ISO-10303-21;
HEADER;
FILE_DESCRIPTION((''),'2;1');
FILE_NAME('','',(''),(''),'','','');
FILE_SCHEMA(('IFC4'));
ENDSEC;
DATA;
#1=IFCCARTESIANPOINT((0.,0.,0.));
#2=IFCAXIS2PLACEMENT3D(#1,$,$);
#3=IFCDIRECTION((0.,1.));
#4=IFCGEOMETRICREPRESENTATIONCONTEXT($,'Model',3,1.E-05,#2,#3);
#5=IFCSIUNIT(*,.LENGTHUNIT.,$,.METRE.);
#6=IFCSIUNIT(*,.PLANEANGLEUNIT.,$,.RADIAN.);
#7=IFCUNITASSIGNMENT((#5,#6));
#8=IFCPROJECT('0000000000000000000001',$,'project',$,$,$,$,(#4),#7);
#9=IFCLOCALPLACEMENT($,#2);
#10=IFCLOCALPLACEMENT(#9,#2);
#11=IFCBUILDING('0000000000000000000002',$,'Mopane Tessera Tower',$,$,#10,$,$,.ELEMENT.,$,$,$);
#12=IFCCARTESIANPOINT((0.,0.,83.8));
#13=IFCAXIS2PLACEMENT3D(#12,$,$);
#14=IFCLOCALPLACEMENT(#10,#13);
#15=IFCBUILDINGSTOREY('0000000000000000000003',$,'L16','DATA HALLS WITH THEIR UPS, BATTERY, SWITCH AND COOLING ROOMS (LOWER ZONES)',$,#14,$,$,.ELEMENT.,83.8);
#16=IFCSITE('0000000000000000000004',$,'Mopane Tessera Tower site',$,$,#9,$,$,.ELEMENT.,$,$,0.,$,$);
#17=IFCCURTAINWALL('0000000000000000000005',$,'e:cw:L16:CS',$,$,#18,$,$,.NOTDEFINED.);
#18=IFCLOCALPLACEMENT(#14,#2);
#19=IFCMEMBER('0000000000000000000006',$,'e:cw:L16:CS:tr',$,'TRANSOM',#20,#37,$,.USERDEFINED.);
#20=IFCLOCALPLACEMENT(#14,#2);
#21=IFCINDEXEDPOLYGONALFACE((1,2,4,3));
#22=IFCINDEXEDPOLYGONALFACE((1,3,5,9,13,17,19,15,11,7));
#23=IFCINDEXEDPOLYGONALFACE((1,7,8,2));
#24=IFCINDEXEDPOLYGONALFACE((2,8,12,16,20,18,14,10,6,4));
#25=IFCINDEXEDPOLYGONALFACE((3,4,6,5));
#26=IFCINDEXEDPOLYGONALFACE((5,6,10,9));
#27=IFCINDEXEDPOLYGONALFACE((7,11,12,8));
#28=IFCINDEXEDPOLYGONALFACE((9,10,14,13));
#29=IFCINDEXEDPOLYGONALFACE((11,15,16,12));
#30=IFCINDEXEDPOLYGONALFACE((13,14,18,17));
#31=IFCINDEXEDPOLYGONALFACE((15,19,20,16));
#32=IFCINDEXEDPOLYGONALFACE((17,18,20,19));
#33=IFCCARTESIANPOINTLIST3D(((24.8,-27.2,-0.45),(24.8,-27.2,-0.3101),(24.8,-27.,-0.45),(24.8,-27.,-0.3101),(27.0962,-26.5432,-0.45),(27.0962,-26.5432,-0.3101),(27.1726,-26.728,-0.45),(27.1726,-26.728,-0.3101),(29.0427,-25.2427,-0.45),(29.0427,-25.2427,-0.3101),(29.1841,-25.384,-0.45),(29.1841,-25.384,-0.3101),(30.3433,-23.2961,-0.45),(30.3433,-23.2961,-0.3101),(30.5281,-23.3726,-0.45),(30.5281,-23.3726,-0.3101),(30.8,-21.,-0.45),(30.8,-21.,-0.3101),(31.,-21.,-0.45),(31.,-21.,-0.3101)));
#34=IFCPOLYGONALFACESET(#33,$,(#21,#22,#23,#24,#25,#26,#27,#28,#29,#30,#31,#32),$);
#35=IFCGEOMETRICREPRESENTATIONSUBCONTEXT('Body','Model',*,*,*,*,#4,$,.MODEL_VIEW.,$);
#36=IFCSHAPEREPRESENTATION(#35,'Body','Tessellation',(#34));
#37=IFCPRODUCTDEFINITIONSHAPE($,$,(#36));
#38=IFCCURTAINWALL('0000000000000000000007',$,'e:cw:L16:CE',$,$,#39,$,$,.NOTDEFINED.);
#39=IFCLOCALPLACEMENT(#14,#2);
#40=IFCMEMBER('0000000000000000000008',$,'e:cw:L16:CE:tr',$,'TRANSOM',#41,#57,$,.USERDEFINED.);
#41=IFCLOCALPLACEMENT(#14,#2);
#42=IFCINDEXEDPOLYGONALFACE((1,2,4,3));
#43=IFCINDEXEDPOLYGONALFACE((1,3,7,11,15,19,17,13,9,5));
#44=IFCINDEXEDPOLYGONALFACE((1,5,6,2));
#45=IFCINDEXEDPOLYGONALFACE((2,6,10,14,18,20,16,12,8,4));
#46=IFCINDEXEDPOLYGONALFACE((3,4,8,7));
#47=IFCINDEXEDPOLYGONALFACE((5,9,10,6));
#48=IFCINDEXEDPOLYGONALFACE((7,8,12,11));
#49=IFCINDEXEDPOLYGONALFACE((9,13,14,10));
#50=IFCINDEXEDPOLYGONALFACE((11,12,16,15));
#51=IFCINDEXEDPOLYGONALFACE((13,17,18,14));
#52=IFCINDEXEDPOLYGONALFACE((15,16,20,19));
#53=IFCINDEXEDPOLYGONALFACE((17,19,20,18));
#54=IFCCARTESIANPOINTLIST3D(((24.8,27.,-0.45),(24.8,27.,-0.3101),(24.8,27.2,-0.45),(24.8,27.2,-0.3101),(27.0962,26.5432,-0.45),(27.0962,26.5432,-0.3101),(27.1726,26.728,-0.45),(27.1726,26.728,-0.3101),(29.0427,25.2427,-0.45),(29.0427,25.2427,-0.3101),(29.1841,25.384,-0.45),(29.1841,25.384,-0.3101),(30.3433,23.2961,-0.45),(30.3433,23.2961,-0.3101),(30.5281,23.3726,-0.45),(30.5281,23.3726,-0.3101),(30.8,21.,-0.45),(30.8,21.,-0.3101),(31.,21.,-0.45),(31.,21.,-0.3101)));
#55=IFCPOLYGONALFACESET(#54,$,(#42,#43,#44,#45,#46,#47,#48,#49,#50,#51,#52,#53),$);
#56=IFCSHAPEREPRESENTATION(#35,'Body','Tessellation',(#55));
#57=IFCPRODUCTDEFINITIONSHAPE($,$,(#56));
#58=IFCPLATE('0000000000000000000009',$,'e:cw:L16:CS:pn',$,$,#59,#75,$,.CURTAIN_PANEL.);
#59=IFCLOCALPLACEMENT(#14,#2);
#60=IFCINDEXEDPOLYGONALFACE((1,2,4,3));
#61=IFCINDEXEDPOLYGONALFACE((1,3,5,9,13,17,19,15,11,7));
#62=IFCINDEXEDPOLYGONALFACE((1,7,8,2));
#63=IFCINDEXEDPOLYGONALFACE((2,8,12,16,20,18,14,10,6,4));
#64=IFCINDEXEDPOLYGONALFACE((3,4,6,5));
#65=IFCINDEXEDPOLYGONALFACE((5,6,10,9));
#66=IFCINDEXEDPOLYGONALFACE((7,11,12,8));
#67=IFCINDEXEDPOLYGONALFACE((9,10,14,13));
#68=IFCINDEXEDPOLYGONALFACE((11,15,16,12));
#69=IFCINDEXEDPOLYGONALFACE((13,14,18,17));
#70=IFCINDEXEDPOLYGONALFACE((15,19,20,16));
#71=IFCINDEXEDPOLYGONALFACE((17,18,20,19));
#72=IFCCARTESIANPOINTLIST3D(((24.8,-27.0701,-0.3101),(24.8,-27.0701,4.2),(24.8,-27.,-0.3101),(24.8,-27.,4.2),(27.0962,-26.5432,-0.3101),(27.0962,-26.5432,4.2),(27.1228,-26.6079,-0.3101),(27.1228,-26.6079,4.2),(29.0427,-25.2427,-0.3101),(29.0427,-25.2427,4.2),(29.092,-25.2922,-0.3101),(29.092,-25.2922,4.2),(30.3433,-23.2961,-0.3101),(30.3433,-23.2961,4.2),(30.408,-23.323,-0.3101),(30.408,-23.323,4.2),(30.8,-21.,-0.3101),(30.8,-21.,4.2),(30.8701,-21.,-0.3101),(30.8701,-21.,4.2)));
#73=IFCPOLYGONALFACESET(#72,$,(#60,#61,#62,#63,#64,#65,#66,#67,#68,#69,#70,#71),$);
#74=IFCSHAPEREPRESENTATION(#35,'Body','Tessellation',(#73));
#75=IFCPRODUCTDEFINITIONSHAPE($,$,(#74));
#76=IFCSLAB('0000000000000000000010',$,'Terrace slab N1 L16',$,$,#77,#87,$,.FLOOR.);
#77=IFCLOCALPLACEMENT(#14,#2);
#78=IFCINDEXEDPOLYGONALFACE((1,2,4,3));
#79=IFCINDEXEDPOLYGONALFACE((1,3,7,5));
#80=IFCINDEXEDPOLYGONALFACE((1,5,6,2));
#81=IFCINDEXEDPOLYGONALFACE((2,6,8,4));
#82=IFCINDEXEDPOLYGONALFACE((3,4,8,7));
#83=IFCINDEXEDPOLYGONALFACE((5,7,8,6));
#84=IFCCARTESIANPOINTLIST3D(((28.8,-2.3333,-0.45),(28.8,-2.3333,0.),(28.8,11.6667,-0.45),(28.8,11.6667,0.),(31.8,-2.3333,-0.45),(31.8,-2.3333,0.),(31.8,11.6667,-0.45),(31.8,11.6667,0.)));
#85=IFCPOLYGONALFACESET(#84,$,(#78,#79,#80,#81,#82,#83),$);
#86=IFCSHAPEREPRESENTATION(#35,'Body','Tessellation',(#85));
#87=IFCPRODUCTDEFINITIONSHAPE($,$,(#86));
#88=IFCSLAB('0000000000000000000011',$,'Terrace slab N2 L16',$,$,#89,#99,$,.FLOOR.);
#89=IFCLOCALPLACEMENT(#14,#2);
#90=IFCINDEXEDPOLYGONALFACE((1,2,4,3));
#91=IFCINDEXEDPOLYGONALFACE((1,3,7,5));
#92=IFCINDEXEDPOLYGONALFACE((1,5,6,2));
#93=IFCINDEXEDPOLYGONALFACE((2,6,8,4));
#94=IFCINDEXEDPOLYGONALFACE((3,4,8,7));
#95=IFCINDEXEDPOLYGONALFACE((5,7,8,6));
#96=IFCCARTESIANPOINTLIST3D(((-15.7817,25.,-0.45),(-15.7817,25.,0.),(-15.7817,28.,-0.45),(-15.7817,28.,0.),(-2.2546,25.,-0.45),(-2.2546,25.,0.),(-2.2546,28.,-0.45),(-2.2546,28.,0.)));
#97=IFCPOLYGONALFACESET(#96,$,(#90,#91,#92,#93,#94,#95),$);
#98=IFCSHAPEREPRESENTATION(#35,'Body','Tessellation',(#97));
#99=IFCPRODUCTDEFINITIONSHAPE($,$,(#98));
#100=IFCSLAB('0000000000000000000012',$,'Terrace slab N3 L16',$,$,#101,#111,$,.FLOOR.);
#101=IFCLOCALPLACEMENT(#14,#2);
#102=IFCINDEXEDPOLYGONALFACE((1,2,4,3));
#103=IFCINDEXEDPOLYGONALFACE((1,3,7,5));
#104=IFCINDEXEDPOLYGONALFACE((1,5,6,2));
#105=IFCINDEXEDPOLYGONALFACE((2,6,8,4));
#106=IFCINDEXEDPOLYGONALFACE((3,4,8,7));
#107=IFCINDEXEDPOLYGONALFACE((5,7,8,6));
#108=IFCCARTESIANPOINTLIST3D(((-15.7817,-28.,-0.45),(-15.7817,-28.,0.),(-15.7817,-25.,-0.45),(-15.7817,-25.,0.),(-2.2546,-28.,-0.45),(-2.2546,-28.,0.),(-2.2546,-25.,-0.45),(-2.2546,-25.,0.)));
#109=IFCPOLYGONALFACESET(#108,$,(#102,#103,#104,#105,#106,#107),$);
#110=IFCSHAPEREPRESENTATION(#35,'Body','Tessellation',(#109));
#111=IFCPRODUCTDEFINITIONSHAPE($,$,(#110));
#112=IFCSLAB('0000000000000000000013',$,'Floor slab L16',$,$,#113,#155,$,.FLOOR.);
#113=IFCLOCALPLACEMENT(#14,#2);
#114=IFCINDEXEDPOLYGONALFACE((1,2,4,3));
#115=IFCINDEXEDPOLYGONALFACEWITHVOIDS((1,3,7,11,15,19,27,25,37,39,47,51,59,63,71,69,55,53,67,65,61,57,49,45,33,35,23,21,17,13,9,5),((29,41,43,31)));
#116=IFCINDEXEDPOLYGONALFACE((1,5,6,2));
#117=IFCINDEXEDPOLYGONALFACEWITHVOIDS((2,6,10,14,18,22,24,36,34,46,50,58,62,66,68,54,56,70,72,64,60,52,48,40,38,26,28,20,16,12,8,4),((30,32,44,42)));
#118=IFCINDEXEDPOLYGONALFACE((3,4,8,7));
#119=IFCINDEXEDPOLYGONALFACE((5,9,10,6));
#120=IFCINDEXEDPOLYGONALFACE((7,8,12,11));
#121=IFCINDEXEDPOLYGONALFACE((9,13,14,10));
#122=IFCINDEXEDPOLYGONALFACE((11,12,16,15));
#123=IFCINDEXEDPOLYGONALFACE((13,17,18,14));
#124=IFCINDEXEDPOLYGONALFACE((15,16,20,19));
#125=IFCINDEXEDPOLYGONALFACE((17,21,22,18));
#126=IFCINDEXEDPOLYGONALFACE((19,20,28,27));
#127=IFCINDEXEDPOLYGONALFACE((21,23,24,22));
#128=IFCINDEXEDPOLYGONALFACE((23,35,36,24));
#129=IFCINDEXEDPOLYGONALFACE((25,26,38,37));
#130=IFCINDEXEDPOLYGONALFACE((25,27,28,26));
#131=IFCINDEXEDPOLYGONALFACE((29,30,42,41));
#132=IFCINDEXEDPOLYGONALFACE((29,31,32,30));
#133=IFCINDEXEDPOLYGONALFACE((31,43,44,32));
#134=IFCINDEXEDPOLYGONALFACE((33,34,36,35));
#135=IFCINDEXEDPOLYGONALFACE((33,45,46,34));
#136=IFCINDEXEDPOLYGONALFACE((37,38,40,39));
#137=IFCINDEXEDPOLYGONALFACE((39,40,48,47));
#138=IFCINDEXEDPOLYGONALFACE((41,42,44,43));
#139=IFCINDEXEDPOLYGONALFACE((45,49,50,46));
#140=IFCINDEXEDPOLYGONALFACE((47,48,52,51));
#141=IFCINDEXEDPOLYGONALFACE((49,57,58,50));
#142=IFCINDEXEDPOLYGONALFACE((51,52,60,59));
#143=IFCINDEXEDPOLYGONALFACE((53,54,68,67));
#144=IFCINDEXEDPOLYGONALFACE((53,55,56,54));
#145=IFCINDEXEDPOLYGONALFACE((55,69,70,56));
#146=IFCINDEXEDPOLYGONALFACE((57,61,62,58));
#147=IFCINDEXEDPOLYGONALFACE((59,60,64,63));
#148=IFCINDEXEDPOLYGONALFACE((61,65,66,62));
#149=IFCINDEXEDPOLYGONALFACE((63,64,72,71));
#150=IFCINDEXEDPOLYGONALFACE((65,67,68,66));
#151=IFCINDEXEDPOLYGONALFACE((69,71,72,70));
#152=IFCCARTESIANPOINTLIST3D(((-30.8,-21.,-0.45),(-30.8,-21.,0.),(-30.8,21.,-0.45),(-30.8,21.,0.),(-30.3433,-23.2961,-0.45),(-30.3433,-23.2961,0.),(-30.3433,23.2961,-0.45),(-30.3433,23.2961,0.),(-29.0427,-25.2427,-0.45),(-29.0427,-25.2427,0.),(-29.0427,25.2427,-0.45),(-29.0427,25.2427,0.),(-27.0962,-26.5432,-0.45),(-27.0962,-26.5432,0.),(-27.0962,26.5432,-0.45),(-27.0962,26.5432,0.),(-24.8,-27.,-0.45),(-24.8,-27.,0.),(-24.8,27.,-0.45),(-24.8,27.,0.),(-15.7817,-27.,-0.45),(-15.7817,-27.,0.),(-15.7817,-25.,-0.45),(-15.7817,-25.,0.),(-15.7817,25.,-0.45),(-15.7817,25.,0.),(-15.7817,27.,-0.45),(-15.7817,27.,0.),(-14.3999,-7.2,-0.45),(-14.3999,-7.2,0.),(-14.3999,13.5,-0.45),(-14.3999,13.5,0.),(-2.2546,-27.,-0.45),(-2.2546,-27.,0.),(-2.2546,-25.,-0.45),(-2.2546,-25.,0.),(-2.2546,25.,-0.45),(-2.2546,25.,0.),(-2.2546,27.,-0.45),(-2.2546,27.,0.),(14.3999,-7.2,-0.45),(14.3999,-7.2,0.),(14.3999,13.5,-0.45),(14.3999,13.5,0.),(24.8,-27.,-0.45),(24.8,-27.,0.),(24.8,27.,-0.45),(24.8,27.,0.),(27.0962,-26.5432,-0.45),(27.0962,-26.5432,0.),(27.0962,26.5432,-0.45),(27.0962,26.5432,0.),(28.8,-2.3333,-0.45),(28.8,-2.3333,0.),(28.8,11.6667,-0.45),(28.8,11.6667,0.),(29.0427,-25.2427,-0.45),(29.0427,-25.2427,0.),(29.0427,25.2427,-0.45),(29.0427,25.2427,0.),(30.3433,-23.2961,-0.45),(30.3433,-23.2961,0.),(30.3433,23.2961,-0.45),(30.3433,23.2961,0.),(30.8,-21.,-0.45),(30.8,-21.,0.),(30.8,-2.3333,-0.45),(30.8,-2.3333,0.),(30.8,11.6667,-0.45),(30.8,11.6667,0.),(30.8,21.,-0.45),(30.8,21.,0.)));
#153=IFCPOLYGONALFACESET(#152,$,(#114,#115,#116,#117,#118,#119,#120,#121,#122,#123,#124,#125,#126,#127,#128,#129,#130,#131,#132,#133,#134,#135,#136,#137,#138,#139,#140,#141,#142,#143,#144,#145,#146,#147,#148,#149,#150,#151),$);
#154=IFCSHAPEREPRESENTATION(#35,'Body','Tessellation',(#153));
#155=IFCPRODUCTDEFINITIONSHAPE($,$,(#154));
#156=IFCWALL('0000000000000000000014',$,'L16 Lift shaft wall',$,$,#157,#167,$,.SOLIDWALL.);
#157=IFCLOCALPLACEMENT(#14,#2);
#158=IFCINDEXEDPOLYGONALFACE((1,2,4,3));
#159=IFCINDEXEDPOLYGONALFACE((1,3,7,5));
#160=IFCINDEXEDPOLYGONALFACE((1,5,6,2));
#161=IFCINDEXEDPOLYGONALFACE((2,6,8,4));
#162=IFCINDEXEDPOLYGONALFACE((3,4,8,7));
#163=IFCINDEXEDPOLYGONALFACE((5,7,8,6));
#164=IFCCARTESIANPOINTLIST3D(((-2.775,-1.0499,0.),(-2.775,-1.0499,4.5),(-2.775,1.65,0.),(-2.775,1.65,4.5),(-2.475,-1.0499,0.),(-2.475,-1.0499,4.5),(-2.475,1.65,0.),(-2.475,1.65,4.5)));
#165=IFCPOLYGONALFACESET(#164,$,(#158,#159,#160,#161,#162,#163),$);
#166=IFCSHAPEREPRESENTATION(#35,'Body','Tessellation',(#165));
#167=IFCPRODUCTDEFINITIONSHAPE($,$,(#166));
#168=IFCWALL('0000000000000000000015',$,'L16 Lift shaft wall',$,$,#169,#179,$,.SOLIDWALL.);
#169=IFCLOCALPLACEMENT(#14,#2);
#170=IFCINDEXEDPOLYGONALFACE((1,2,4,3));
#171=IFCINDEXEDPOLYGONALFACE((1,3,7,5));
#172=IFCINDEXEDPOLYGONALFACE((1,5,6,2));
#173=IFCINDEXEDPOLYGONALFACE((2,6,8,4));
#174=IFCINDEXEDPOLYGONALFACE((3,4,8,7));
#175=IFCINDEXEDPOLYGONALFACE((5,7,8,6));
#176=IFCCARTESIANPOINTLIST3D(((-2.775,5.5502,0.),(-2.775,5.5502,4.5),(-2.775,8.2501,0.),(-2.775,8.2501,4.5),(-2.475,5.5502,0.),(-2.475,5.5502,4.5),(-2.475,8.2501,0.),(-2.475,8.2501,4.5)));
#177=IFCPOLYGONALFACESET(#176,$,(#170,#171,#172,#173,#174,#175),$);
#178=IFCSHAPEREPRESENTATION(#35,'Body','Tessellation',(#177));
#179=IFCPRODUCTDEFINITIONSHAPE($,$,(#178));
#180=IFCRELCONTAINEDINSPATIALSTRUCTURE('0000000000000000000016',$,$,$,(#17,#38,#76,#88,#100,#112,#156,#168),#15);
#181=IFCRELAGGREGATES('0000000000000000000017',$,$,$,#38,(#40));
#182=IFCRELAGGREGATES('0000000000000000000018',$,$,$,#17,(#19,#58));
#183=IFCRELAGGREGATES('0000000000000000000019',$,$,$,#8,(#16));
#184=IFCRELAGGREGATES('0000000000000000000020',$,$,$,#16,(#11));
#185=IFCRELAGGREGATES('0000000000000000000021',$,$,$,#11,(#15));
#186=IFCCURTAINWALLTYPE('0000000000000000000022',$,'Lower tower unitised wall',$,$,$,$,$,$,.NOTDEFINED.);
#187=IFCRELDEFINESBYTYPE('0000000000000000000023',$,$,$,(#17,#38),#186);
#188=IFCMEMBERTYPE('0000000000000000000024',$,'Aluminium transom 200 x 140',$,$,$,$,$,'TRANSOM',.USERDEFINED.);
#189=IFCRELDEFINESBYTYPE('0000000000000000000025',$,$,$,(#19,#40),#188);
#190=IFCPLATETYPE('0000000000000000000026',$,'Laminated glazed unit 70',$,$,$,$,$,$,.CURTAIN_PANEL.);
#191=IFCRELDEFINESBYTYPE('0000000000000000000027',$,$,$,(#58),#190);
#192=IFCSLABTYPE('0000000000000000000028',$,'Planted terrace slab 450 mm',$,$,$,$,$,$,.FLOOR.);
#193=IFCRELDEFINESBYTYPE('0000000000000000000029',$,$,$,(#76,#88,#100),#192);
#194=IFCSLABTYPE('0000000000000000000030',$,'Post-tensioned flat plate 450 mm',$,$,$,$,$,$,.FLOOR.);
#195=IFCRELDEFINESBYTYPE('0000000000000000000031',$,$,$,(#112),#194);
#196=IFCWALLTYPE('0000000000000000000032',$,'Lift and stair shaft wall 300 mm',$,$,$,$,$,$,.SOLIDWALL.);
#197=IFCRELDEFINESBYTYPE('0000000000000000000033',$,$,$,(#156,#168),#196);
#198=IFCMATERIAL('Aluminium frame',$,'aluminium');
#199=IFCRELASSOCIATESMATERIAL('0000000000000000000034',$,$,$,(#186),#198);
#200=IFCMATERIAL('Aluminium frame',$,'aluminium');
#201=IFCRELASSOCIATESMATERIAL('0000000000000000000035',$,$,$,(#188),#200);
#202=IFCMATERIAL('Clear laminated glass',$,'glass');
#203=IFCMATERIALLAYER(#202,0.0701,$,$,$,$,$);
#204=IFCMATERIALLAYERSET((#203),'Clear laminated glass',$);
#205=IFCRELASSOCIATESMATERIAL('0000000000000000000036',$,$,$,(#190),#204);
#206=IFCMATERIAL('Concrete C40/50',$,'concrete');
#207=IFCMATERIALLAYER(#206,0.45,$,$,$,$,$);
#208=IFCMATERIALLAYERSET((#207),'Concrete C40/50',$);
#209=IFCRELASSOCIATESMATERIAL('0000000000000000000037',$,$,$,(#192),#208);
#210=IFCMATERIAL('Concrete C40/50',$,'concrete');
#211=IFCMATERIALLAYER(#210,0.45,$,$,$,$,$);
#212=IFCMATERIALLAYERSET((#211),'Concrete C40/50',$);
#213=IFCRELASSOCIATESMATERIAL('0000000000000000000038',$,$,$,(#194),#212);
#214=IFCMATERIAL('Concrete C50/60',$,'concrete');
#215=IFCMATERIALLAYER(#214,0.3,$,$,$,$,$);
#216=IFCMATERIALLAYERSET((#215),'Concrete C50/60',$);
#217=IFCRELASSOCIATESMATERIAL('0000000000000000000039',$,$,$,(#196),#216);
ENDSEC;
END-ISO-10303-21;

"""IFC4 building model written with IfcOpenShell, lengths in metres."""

from ifc_helpers import new_model, si_unit, direction, frame, frame_2d, origin, origin_2d, place, context, subcontext, project, spatial, polyline, rectangle, outline, extrude, material, layer, layer_set, material_profile, profile_set, type_object, element, aggregate, save


model = new_model("IFC4")

# Units and contexts
model_context = context("Model", 3, precision=1e-05, world=origin(), true_north=direction((0.0, 1.0)))
body_context = subcontext(model_context, "Body", "Model", "MODEL_VIEW")
ifc_project = project(units=[si_unit("LENGTHUNIT", "METRE"), si_unit("PLANEANGLEUNIT", "RADIAN")], contexts=[model_context])

# Site, building, storey
site_placement = place(None, origin())
site = spatial("IfcSite", under=ifc_project, at=site_placement, Name="Mopane Tessera Tower site", CompositionType="ELEMENT", RefElevation=0.0)
building_placement = place(site_placement, origin())
building = spatial("IfcBuilding", under=site, at=building_placement, Name="Mopane Tessera Tower", CompositionType="ELEMENT")
storey_placement = place(building_placement, frame((0.0, 0.0, 83.8)))
storey = spatial("IfcBuildingStorey", under=building, at=storey_placement, Name="L16", Description="DATA HALLS WITH THEIR UPS, BATTERY, SWITCH AND COOLING ROOMS (LOWER ZONES)", CompositionType="ELEMENT", Elevation=83.8)

# Curtain walls, members
ifc_material_1 = material(Name="Aluminium frame", Category="aluminium")
curtain_wall_type = type_object("IfcCurtainWallType", Name="Lower tower unitised wall", PredefinedType="NOTDEFINED", material=ifc_material_1)
curtain_wall_1_placement = place(storey_placement, origin())
curtain_wall_1 = element("IfcCurtainWall", 1, at=curtain_wall_1_placement, inside=storey, type_object=curtain_wall_type, Name="e:cw:L16:CS", PredefinedType="NOTDEFINED")
ifc_material_2 = material(Name="Aluminium frame", Category="aluminium")
ifc_material_profile = material_profile(ifc_material_2, rectangle(XDim=0.2, YDim=0.1399, at=origin_2d()))
ifc_profile_set = profile_set([ifc_material_profile], Name="Aluminium frame")
member_type = type_object("IfcMemberType", Name="Aluminium transom 200 x 140", ElementType="TRANSOM", PredefinedType="USERDEFINED", material=ifc_profile_set)
member_1_placement = place(storey_placement, frame((0.0, 0.0, -0.45)))
member_1 = element("IfcMember", 2, at=member_1_placement, type_object=member_type, Name="e:cw:L16:CS:tr", ObjectType="TRANSOM", PredefinedType="USERDEFINED", context=body_context, shape_type="SweptSolid", body=[
    extrude(outline(polyline([(24.8, -27.0), (27.0962, -26.5432), (29.0427, -25.2427), (30.3433, -23.2961), (30.8, -21.0), (31.0, -21.0), (30.5281, -23.3726), (29.1841, -25.384), (27.1726, -26.728), (24.8, -27.2), (24.8, -27.0)])), origin(), (0.0, 0.0, 1.0), 0.1399),
])
curtain_wall_2_placement = place(storey_placement, origin())
curtain_wall_2 = element("IfcCurtainWall", 3, at=curtain_wall_2_placement, inside=storey, type_object=curtain_wall_type, Name="e:cw:L16:CE", PredefinedType="NOTDEFINED")
member_2_placement = place(storey_placement, frame((0.0, 0.0, -0.45)))
member_2 = element("IfcMember", 4, at=member_2_placement, type_object=member_type, Name="e:cw:L16:CE:tr", ObjectType="TRANSOM", PredefinedType="USERDEFINED", context=body_context, shape_type="SweptSolid", body=[
    extrude(outline(polyline([(30.8, 21.0), (30.3433, 23.2961), (29.0427, 25.2427), (27.0962, 26.5432), (24.8, 27.0), (24.8, 27.2), (27.1726, 26.728), (29.1841, 25.384), (30.5281, 23.3726), (31.0, 21.0), (30.8, 21.0)])), origin(), (0.0, 0.0, 1.0), 0.1399),
])
aggregate(curtain_wall_2, [member_2])

# Plate
ifc_material_3 = material(Name="Clear laminated glass", Category="glass")
ifc_layer_1 = layer(ifc_material_3, 0.0701)
ifc_layer_set_1 = layer_set([ifc_layer_1], Name="Clear laminated glass")
plate_type = type_object("IfcPlateType", Name="Laminated glazed unit 70", PredefinedType="CURTAIN_PANEL", material=ifc_layer_set_1)
plate_placement = place(storey_placement, frame((0.0, 0.0, -0.3101)))
plate = element("IfcPlate", 5, at=plate_placement, type_object=plate_type, Name="e:cw:L16:CS:pn", PredefinedType="CURTAIN_PANEL", context=body_context, shape_type="SweptSolid", body=[
    extrude(outline(polyline([(24.8, -27.0), (27.0962, -26.5432), (29.0427, -25.2427), (30.3433, -23.2961), (30.8, -21.0), (30.8701, -21.0), (30.408, -23.323), (29.092, -25.2922), (27.1228, -26.6079), (24.8, -27.0701), (24.8, -27.0)])), origin(), (0.0, 0.0, 1.0), 4.51),
])
aggregate(curtain_wall_1, [member_1, plate])

# Slabs
ifc_material_4 = material(Name="Concrete C40/50", Category="concrete")
ifc_layer_2 = layer(ifc_material_4, 0.45)
ifc_layer_set_2 = layer_set([ifc_layer_2], Name="Concrete C40/50")
slab_type_1 = type_object("IfcSlabType", Name="Planted terrace slab 450 mm", PredefinedType="FLOOR", material=ifc_layer_set_2)
slab_1_placement = place(storey_placement, frame((0.0, 0.0, -0.45)))
element("IfcSlab", 6, at=slab_1_placement, inside=storey, type_object=slab_type_1, Name="Terrace slab N1 L16", PredefinedType="FLOOR", context=body_context, shape_type="SweptSolid", body=[
    extrude(outline(polyline([(31.8, 11.6667), (28.8, 11.6667), (28.8, -2.3333), (31.8, -2.3333), (31.8, 11.6667)])), origin(), (0.0, 0.0, 1.0), 0.45),
])
slab_2_placement = place(storey_placement, frame((0.0, 0.0, -0.45)))
element("IfcSlab", 7, at=slab_2_placement, inside=storey, type_object=slab_type_1, Name="Terrace slab N2 L16", PredefinedType="FLOOR", context=body_context, shape_type="SweptSolid", body=[
    extrude(outline(polyline([(-15.7817, 28.0), (-15.7817, 25.0), (-2.2546, 25.0), (-2.2546, 28.0), (-15.7817, 28.0)])), origin(), (0.0, 0.0, 1.0), 0.45),
])
slab_3_placement = place(storey_placement, frame((0.0, 0.0, -0.45)))
element("IfcSlab", 8, at=slab_3_placement, inside=storey, type_object=slab_type_1, Name="Terrace slab N3 L16", PredefinedType="FLOOR", context=body_context, shape_type="SweptSolid", body=[
    extrude(outline(polyline([(-2.2546, -28.0), (-2.2546, -25.0), (-15.7817, -25.0), (-15.7817, -28.0), (-2.2546, -28.0)])), origin(), (0.0, 0.0, 1.0), 0.45),
])
ifc_material_5 = material(Name="Concrete C40/50", Category="concrete")
ifc_layer_3 = layer(ifc_material_5, 0.45)
ifc_layer_set_3 = layer_set([ifc_layer_3], Name="Concrete C40/50")
slab_type_2 = type_object("IfcSlabType", Name="Post-tensioned flat plate 450 mm", PredefinedType="FLOOR", material=ifc_layer_set_3)
slab_4_placement = place(storey_placement, frame((0.0, 0.0, -0.45)))
element("IfcSlab", 9, at=slab_4_placement, inside=storey, type_object=slab_type_2, Name="Floor slab L16", PredefinedType="FLOOR", context=body_context, shape_type="SweptSolid", body=[
    extrude(outline(polyline([(-24.8, -27.0), (-15.7817, -27.0), (-15.7817, -25.0), (-2.2546, -25.0), (-2.2546, -27.0), (24.8, -27.0), (27.0962, -26.5432), (29.0427, -25.2427), (30.3433, -23.2961), (30.8, -21.0), (30.8, -2.3333), (28.8, -2.3333), (28.8, 11.6667), (30.8, 11.6667), (30.8, 21.0), (30.3433, 23.2961), (29.0427, 25.2427), (27.0962, 26.5432), (24.8, 27.0), (-2.2546, 27.0), (-2.2546, 25.0), (-15.7817, 25.0), (-15.7817, 27.0), (-24.8, 27.0), (-27.0962, 26.5432), (-29.0427, 25.2427), (-30.3433, 23.2961), (-30.8, 21.0), (-30.8, -21.0), (-30.3433, -23.2961), (-29.0427, -25.2427), (-27.0962, -26.5432), (-24.8, -27.0)]), holes=[polyline([(14.3999, -7.2), (-14.3999, -7.2), (-14.3999, 13.5), (14.3999, 13.5), (14.3999, -7.2)])]), origin(), (0.0, 0.0, 1.0), 0.45),
])

# Walls
ifc_material_6 = material(Name="Concrete C50/60", Category="concrete")
ifc_layer_4 = layer(ifc_material_6, 0.3)
ifc_layer_set_4 = layer_set([ifc_layer_4], Name="Concrete C50/60")
wall_type = type_object("IfcWallType", Name="Lift and stair shaft wall 300 mm", PredefinedType="SOLIDWALL", material=ifc_layer_set_4)
for number, where, z_axis, x_axis, name in (
    (10, (-2.625, -1.05, 0.0), (0.0, 0.0, 1.0), (0.0, 1.0, 0.0), "L16 Lift shaft wall"),
    (11, (-2.625, 5.55, 0.0), (0.0, 0.0, 1.0), (0.0, 1.0, 0.0), "L16 Lift shaft wall"),
):
    element("IfcWall", number, at=place(storey_placement, frame(where, z_axis=z_axis, x_axis=x_axis)), inside=storey, type_object=wall_type, Name=name, PredefinedType="SOLIDWALL", context=body_context, shape_type="SweptSolid", body=[
        extrude(rectangle(XDim=2.7, YDim=0.3, at=frame_2d((1.3501, 0.0))), origin(), (0.0, 0.0, 1.0), 4.5),
    ])

save(model, "model.ifc")
